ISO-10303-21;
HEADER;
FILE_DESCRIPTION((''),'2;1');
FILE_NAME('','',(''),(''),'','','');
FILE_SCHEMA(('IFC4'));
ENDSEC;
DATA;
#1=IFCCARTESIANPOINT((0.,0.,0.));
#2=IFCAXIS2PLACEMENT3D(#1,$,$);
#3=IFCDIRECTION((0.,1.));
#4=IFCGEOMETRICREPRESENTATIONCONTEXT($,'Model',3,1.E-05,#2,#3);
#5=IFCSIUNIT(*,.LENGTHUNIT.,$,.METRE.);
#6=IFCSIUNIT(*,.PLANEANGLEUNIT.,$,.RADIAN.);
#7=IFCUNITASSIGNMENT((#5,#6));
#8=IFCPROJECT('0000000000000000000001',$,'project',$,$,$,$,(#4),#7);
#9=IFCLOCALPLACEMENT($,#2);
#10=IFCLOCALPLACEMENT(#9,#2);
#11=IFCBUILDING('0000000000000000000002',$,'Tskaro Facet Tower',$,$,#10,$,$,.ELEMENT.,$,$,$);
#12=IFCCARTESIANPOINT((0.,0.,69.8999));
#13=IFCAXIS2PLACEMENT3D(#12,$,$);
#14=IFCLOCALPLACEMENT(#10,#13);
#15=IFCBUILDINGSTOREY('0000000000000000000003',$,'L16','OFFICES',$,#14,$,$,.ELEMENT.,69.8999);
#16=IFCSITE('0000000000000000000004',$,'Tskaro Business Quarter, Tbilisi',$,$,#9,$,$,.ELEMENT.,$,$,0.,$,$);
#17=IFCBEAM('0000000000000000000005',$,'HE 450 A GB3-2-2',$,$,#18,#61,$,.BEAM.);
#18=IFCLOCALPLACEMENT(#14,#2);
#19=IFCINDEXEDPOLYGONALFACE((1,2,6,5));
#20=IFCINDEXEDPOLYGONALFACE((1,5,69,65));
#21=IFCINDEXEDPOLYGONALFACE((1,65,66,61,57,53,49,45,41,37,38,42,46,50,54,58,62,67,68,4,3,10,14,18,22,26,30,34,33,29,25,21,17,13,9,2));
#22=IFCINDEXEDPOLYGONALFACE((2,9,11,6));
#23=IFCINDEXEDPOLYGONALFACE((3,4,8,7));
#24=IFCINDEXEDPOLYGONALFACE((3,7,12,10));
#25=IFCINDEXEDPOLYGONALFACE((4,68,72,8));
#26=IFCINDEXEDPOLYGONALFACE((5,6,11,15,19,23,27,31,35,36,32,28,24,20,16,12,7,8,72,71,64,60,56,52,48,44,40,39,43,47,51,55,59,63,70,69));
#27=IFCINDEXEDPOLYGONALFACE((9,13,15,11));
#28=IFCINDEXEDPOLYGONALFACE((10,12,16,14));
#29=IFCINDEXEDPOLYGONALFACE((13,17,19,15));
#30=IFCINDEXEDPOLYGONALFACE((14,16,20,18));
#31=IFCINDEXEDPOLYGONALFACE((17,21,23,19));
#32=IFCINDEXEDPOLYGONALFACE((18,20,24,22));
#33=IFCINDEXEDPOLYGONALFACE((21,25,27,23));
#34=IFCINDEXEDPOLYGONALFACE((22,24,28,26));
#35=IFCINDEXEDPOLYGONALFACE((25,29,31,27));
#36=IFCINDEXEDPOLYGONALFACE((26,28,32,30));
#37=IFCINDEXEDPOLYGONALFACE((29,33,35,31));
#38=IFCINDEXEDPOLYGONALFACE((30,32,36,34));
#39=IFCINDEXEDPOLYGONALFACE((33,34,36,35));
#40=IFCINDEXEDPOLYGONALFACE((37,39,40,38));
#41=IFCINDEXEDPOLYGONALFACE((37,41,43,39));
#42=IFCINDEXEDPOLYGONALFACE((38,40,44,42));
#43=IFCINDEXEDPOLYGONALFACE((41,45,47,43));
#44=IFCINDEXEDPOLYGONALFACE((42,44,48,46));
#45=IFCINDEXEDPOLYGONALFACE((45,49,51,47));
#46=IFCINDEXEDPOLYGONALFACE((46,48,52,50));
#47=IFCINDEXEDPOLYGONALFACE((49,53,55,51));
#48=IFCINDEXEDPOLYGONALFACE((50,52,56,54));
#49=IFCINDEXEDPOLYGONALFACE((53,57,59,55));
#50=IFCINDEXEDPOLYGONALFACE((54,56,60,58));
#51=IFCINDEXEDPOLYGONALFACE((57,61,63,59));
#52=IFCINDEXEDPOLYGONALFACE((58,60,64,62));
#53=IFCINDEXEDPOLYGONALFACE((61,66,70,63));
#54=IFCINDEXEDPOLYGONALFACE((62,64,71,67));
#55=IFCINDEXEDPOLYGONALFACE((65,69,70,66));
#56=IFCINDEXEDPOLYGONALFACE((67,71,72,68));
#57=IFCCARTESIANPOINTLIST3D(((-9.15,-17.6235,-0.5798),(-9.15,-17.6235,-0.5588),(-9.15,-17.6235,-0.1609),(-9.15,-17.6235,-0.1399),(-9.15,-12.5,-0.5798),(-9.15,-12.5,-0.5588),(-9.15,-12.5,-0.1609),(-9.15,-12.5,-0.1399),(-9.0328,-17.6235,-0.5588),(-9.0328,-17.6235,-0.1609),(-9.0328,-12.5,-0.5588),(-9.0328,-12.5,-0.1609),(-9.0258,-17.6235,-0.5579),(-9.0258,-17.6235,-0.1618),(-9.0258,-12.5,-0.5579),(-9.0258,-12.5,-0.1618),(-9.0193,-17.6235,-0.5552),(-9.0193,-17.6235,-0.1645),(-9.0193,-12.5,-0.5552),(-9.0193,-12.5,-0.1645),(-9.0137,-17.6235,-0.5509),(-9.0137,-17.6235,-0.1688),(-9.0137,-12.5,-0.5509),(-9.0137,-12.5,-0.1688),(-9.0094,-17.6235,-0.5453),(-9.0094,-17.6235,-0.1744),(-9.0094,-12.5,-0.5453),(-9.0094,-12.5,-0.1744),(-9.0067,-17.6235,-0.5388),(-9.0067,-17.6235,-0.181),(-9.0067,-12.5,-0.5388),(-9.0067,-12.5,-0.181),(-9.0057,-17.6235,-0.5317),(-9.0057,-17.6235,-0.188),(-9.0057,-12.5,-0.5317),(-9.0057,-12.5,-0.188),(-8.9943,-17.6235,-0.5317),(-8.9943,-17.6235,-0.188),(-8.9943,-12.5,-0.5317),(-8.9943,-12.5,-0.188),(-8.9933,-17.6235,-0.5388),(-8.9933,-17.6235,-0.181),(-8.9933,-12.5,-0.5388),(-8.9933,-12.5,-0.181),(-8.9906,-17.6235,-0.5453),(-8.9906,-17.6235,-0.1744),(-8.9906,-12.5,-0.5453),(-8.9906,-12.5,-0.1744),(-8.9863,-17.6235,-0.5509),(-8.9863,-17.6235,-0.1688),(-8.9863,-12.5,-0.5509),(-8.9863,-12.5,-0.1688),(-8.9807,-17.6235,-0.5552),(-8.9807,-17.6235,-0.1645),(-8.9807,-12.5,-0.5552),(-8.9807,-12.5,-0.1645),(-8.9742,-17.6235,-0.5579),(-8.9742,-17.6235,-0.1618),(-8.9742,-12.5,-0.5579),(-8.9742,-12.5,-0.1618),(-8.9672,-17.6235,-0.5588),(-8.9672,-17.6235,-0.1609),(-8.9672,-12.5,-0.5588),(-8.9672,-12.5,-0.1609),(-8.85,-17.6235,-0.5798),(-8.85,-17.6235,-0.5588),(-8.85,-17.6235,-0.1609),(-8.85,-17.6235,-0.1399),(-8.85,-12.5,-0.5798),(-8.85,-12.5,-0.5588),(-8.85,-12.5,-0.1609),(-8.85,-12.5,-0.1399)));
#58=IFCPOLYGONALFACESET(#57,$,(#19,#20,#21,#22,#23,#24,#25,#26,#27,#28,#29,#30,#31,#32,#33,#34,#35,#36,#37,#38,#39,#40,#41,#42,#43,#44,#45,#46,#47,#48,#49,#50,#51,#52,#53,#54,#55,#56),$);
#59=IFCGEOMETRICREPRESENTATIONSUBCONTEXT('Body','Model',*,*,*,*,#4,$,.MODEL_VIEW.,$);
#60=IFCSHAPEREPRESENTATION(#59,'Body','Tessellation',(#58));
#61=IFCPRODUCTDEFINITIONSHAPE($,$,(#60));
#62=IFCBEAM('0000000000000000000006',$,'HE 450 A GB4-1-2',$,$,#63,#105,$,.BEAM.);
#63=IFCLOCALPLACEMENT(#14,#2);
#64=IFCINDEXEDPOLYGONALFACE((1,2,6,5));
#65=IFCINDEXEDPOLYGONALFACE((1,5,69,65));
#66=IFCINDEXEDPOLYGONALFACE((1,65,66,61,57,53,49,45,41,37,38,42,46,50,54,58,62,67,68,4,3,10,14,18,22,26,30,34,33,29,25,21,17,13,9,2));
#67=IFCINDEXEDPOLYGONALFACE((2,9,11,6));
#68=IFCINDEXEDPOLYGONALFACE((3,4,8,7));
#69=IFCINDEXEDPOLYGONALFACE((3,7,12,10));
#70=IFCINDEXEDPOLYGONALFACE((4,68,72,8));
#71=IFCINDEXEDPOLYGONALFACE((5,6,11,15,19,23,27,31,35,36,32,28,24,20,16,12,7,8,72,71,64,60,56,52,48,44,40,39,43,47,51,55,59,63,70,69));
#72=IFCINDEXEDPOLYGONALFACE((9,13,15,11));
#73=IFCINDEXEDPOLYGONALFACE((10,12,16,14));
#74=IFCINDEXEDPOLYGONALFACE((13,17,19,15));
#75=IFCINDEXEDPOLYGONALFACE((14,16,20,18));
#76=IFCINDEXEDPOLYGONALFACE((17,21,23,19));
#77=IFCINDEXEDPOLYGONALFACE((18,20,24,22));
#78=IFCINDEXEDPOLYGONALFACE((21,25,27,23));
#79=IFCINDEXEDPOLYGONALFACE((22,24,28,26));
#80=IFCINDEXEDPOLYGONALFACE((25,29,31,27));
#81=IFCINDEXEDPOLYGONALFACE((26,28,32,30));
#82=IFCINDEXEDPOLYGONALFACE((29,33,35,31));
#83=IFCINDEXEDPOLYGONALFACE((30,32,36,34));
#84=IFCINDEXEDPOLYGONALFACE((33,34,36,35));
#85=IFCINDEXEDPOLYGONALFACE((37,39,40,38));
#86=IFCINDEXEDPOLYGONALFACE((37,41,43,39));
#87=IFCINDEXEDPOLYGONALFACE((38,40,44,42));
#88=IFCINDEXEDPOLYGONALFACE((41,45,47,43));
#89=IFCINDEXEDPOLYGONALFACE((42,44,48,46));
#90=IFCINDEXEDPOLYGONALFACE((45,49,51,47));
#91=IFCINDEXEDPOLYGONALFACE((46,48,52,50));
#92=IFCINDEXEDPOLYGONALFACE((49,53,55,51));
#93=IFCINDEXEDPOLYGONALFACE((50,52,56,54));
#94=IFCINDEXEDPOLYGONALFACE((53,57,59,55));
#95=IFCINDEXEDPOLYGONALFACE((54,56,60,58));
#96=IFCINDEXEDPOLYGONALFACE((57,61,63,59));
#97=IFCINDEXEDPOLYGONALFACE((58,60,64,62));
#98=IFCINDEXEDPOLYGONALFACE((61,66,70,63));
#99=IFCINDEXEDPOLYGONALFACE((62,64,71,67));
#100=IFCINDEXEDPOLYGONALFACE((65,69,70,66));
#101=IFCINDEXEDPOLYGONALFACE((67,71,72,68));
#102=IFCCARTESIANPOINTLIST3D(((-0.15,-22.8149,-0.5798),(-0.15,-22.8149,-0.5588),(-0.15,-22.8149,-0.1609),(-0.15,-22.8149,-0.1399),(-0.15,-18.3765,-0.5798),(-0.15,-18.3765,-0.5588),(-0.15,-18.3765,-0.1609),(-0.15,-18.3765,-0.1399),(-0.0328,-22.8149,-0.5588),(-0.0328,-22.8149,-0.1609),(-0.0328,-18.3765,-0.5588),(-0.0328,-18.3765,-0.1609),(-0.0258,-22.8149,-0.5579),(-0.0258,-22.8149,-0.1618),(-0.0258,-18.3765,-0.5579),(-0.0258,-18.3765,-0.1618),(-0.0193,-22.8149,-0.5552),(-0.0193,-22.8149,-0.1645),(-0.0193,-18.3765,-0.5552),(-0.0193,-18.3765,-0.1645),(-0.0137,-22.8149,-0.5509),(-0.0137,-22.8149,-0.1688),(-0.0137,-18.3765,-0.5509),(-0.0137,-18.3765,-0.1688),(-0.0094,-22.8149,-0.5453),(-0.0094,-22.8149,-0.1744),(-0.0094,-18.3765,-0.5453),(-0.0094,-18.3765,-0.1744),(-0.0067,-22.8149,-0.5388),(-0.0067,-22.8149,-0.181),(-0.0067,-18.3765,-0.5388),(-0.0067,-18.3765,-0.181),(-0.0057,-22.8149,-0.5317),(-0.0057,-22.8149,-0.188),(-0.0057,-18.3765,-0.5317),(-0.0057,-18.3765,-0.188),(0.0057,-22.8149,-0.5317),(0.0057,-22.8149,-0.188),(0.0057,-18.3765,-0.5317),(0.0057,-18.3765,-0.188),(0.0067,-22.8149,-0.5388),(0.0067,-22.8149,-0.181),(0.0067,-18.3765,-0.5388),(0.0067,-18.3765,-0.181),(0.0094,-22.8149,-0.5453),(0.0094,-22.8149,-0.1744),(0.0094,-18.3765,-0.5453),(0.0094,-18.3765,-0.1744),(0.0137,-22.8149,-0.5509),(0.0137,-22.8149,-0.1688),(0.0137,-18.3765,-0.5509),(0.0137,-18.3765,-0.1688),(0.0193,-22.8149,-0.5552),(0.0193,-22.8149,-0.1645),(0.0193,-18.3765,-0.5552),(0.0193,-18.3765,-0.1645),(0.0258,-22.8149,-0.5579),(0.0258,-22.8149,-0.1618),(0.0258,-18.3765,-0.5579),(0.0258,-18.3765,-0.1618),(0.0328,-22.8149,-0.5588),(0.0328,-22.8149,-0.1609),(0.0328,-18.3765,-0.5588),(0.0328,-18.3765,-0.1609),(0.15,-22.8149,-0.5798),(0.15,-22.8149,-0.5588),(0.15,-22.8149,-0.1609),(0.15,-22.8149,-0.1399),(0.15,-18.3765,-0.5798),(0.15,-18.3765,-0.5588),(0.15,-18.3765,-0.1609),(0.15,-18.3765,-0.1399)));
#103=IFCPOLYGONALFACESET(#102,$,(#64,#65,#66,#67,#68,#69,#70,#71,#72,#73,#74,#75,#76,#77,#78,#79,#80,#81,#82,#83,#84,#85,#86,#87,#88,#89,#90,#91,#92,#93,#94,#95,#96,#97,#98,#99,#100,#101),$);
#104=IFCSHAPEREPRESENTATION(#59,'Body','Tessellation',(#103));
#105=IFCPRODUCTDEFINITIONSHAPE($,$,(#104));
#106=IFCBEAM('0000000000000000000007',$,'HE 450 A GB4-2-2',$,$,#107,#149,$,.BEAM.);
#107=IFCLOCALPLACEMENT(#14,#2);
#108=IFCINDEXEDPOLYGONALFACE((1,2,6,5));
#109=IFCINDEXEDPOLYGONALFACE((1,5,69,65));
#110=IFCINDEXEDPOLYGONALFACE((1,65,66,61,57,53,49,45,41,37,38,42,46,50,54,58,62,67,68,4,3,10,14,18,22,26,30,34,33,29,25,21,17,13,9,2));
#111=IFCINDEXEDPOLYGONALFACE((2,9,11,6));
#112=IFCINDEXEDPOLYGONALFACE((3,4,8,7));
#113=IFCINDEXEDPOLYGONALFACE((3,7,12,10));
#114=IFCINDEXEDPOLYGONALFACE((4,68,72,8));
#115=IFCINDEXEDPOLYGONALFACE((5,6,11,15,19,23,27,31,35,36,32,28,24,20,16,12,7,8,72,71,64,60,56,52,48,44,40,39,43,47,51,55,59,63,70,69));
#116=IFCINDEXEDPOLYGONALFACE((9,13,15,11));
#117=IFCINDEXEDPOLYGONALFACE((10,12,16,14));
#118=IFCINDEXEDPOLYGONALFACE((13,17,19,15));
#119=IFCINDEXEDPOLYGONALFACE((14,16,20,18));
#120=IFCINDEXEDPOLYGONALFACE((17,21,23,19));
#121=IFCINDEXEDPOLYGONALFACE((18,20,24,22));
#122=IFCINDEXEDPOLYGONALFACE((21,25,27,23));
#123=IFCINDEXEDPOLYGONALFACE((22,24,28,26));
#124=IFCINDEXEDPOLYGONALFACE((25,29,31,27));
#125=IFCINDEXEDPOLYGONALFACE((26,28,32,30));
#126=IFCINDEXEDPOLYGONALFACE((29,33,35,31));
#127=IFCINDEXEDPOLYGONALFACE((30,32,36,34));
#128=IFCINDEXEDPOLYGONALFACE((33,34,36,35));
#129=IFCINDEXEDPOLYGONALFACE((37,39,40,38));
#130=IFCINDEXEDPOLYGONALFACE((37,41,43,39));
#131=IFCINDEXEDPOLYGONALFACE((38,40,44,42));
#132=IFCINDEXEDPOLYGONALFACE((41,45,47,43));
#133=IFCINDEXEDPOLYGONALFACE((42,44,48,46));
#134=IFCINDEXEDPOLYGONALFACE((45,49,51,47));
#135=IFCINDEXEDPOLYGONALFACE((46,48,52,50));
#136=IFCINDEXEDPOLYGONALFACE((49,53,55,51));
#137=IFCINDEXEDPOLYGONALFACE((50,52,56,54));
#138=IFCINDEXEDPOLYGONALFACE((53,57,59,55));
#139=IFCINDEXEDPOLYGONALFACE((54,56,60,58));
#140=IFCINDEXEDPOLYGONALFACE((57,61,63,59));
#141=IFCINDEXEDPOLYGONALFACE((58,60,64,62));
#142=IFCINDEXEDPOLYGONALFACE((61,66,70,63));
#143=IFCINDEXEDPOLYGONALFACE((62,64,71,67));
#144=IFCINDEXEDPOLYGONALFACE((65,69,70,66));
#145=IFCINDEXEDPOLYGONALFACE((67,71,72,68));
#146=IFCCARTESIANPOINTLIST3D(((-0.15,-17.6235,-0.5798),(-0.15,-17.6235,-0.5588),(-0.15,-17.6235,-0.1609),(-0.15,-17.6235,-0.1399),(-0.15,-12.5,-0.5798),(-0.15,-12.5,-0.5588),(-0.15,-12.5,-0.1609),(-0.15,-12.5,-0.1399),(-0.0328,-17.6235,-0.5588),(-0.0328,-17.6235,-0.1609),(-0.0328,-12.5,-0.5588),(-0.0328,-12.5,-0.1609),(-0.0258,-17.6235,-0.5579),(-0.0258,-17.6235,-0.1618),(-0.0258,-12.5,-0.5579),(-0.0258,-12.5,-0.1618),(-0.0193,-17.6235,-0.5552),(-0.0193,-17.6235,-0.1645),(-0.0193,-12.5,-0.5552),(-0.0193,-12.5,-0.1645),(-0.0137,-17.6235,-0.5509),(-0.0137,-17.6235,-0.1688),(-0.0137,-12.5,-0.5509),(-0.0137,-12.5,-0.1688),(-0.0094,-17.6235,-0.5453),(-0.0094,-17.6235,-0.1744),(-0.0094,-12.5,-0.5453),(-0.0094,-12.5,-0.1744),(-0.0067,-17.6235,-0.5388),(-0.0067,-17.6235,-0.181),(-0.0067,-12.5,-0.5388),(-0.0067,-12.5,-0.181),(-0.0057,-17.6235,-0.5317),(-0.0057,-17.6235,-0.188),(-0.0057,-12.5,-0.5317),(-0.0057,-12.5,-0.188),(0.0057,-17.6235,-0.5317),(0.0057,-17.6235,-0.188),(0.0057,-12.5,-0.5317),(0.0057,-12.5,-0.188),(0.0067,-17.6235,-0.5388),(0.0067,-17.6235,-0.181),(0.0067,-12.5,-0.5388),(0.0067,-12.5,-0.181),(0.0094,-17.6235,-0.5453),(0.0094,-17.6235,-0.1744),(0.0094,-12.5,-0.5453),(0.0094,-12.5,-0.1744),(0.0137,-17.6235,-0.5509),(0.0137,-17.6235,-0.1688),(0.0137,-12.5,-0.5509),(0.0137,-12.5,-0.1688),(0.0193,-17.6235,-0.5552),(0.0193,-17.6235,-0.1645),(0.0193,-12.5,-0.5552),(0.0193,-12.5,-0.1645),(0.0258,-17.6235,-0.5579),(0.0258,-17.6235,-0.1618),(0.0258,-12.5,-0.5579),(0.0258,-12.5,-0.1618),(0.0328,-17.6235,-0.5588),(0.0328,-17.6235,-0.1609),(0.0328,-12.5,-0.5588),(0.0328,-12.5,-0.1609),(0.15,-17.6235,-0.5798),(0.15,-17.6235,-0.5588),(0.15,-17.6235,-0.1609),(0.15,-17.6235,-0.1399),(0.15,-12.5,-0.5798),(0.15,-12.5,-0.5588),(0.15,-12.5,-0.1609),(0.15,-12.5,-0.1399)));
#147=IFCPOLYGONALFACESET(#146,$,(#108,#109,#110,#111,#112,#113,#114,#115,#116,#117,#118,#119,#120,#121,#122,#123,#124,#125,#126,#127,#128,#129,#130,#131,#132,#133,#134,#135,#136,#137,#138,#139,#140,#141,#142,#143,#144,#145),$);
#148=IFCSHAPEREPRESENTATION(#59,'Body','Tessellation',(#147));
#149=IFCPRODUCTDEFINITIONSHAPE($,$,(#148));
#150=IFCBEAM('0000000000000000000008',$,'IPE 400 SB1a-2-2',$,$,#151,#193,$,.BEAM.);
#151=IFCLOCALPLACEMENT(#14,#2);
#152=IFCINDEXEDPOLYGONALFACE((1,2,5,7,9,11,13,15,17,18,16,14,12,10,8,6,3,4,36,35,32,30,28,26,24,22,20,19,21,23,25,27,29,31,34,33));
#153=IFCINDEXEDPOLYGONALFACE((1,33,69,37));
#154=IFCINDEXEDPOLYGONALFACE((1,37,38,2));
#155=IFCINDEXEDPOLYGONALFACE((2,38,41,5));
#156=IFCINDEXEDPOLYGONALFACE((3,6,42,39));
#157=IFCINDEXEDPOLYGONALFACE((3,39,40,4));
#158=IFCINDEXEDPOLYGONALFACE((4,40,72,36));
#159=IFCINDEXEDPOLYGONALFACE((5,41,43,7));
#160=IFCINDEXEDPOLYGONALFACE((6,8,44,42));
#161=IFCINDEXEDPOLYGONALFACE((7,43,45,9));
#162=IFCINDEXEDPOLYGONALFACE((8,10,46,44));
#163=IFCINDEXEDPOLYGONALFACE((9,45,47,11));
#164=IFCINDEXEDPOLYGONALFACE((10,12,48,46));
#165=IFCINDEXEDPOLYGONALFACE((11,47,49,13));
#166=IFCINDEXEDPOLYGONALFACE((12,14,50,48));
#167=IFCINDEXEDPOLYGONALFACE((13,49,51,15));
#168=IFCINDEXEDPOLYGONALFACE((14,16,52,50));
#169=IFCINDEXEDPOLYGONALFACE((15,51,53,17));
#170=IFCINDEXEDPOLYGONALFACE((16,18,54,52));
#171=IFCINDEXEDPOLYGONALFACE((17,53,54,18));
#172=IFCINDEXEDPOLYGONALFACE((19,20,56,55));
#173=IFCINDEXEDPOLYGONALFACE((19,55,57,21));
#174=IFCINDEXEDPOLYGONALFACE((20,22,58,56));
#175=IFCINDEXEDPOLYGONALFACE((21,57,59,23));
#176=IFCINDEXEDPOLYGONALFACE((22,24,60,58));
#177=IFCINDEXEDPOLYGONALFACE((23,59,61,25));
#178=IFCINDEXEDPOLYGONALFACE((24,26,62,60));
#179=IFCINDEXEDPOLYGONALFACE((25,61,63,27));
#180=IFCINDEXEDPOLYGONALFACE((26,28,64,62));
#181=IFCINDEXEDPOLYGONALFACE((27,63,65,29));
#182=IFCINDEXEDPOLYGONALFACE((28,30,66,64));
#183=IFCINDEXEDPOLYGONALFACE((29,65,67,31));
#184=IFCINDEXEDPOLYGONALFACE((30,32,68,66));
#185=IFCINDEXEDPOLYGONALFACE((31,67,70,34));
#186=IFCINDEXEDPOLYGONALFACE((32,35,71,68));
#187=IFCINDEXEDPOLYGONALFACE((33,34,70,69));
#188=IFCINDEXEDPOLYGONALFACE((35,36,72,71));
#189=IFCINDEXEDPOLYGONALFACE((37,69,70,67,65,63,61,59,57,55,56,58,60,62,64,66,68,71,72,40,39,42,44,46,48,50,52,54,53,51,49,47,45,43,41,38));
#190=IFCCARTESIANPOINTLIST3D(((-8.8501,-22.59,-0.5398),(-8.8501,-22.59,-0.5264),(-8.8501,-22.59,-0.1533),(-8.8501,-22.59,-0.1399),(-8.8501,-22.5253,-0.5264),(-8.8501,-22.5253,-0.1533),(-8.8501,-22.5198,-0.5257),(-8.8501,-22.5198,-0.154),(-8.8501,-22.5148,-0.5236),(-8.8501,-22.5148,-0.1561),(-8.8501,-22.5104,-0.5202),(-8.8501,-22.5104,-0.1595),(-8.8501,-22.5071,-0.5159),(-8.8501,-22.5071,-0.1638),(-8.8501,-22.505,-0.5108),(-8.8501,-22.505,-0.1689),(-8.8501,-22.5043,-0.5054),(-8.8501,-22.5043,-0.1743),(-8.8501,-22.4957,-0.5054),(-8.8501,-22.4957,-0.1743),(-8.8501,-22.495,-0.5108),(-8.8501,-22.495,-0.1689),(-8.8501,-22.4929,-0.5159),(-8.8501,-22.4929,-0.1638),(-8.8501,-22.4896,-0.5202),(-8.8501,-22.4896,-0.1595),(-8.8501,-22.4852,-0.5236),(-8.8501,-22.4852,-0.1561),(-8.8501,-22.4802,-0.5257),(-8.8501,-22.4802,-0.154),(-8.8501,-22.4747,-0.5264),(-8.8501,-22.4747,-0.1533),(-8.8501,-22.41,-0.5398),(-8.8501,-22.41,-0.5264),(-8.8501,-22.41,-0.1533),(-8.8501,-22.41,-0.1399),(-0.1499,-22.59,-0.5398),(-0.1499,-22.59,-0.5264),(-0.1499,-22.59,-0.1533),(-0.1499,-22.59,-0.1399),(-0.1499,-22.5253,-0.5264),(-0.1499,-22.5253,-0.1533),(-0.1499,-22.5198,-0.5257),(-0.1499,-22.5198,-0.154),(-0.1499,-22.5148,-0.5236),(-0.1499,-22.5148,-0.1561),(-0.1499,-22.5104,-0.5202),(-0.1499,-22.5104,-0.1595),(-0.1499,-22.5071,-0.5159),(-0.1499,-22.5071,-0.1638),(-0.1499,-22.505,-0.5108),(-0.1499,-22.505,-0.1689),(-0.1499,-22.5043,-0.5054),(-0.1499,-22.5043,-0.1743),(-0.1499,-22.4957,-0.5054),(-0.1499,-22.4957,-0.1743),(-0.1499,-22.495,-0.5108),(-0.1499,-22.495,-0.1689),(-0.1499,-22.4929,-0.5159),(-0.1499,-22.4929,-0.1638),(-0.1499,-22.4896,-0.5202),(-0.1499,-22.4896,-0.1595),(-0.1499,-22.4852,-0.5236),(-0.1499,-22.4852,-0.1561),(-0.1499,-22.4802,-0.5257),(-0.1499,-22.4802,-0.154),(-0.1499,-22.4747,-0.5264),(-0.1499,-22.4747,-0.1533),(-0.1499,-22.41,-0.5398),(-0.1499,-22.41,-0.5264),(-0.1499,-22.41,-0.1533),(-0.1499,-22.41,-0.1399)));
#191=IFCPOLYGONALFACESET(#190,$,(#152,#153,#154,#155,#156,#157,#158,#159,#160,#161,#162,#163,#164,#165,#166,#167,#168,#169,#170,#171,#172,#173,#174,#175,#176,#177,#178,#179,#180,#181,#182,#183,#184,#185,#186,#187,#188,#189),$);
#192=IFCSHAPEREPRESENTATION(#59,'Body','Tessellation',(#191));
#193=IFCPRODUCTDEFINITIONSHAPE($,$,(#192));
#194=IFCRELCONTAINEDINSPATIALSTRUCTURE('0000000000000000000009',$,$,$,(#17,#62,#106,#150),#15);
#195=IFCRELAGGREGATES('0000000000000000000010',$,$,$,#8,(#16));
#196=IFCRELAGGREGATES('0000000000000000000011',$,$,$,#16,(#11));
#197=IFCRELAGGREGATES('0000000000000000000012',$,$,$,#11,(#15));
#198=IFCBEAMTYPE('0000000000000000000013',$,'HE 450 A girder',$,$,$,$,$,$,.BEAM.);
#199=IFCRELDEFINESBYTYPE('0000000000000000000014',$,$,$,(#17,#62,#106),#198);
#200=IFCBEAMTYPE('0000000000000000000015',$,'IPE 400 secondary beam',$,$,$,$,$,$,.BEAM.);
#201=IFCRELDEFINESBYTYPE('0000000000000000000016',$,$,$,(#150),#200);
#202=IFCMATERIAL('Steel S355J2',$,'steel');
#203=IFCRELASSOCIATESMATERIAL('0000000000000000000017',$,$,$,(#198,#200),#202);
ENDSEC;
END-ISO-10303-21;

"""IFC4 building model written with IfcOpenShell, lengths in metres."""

from ifc_helpers import new_model, si_unit, direction, frame, origin, origin_2d, place, context, subcontext, project, spatial, i_section, extrude, material, material_profile, profile_set, type_object, element, save


model = new_model("IFC4")

# Units and contexts
model_context = context("Model", 3, precision=1e-05, world=origin(), true_north=direction((0.0, 1.0)))
body_context = subcontext(model_context, "Body", "Model", "MODEL_VIEW")
ifc_project = project(units=[si_unit("LENGTHUNIT", "METRE"), si_unit("PLANEANGLEUNIT", "RADIAN")], contexts=[model_context])

# Site, building, storey
site_placement = place(None, origin())
site = spatial("IfcSite", under=ifc_project, at=site_placement, Name="Tskaro Business Quarter, Tbilisi", CompositionType="ELEMENT", RefElevation=0.0)
building_placement = place(site_placement, origin())
building = spatial("IfcBuilding", under=site, at=building_placement, Name="Tskaro Facet Tower", CompositionType="ELEMENT")
storey_placement = place(building_placement, frame((0.0, 0.0, 69.8999)))
storey = spatial("IfcBuildingStorey", under=building, at=storey_placement, Name="L16", Description="OFFICES", CompositionType="ELEMENT", Elevation=69.8999)

# Beams
ifc_material_1 = material(Name="Steel S355J2", Category="steel")
ifc_material_profile_1 = material_profile(ifc_material_1, i_section(OverallWidth=0.3, OverallDepth=0.4399, WebThickness=0.0115, FlangeThickness=0.021, FilletRadius=0.0271, at=origin_2d()), Name="HE 450 A")
ifc_profile_set_1 = profile_set([ifc_material_profile_1], Name="Steel S355J2")
beam_type_1 = type_object("IfcBeamType", Name="HE 450 A girder", PredefinedType="BEAM", material=ifc_profile_set_1)
beam_1_placement = place(storey_placement, frame((-9.0, -17.6235, -0.3599), z_axis=(0.0, 1.0, 0.0), x_axis=(-1.0, 0.0, 0.0)))
element("IfcBeam", 1, at=beam_1_placement, inside=storey, type_object=beam_type_1, Name="HE 450 A GB3-2-2", PredefinedType="BEAM", context=body_context, shape_type="SweptSolid", body=[
    extrude(i_section(OverallWidth=0.3, OverallDepth=0.4399, WebThickness=0.0115, FlangeThickness=0.021, FilletRadius=0.0271, at=origin_2d()), origin(), (0.0, 0.0, 1.0), 5.1235),
])
beam_2_placement = place(storey_placement, frame((0.0, -22.8149, -0.3599), z_axis=(0.0, 1.0, 0.0), x_axis=(-1.0, 0.0, 0.0)))
element("IfcBeam", 2, at=beam_2_placement, inside=storey, type_object=beam_type_1, Name="HE 450 A GB4-1-2", PredefinedType="BEAM", context=body_context, shape_type="SweptSolid", body=[
    extrude(i_section(OverallWidth=0.3, OverallDepth=0.4399, WebThickness=0.0115, FlangeThickness=0.021, FilletRadius=0.0271, at=origin_2d()), origin(), (0.0, 0.0, 1.0), 4.4385),
])
beam_3_placement = place(storey_placement, frame((0.0, -17.6235, -0.3599), z_axis=(0.0, 1.0, 0.0), x_axis=(-1.0, 0.0, 0.0)))
element("IfcBeam", 3, at=beam_3_placement, inside=storey, type_object=beam_type_1, Name="HE 450 A GB4-2-2", PredefinedType="BEAM", context=body_context, shape_type="SweptSolid", body=[
    extrude(i_section(OverallWidth=0.3, OverallDepth=0.4399, WebThickness=0.0115, FlangeThickness=0.021, FilletRadius=0.0271, at=origin_2d()), origin(), (0.0, 0.0, 1.0), 5.1235),
])
ifc_material_profile_2 = material_profile(ifc_material_1, i_section(OverallWidth=0.1799, OverallDepth=0.3999, WebThickness=0.0085, FlangeThickness=0.0134, FilletRadius=0.021, at=origin_2d()), Name="IPE 400")
ifc_profile_set_2 = profile_set([ifc_material_profile_2], Name="Steel S355J2")
beam_type_2 = type_object("IfcBeamType", Name="IPE 400 secondary beam", PredefinedType="BEAM", material=ifc_profile_set_2)
beam_4_placement = place(storey_placement, frame((-8.8501, -22.5, -0.3398), z_axis=(1.0, 0.0, 0.0), x_axis=(0.0, 1.0, 0.0)))
element("IfcBeam", 4, at=beam_4_placement, inside=storey, type_object=beam_type_2, Name="IPE 400 SB1a-2-2", PredefinedType="BEAM", context=body_context, shape_type="SweptSolid", body=[
    extrude(i_section(OverallWidth=0.1799, OverallDepth=0.3999, WebThickness=0.0085, FlangeThickness=0.0134, FilletRadius=0.021, at=origin_2d()), origin(), (0.0, 0.0, 1.0), 8.7002),
])

save(model, "model.ifc")
